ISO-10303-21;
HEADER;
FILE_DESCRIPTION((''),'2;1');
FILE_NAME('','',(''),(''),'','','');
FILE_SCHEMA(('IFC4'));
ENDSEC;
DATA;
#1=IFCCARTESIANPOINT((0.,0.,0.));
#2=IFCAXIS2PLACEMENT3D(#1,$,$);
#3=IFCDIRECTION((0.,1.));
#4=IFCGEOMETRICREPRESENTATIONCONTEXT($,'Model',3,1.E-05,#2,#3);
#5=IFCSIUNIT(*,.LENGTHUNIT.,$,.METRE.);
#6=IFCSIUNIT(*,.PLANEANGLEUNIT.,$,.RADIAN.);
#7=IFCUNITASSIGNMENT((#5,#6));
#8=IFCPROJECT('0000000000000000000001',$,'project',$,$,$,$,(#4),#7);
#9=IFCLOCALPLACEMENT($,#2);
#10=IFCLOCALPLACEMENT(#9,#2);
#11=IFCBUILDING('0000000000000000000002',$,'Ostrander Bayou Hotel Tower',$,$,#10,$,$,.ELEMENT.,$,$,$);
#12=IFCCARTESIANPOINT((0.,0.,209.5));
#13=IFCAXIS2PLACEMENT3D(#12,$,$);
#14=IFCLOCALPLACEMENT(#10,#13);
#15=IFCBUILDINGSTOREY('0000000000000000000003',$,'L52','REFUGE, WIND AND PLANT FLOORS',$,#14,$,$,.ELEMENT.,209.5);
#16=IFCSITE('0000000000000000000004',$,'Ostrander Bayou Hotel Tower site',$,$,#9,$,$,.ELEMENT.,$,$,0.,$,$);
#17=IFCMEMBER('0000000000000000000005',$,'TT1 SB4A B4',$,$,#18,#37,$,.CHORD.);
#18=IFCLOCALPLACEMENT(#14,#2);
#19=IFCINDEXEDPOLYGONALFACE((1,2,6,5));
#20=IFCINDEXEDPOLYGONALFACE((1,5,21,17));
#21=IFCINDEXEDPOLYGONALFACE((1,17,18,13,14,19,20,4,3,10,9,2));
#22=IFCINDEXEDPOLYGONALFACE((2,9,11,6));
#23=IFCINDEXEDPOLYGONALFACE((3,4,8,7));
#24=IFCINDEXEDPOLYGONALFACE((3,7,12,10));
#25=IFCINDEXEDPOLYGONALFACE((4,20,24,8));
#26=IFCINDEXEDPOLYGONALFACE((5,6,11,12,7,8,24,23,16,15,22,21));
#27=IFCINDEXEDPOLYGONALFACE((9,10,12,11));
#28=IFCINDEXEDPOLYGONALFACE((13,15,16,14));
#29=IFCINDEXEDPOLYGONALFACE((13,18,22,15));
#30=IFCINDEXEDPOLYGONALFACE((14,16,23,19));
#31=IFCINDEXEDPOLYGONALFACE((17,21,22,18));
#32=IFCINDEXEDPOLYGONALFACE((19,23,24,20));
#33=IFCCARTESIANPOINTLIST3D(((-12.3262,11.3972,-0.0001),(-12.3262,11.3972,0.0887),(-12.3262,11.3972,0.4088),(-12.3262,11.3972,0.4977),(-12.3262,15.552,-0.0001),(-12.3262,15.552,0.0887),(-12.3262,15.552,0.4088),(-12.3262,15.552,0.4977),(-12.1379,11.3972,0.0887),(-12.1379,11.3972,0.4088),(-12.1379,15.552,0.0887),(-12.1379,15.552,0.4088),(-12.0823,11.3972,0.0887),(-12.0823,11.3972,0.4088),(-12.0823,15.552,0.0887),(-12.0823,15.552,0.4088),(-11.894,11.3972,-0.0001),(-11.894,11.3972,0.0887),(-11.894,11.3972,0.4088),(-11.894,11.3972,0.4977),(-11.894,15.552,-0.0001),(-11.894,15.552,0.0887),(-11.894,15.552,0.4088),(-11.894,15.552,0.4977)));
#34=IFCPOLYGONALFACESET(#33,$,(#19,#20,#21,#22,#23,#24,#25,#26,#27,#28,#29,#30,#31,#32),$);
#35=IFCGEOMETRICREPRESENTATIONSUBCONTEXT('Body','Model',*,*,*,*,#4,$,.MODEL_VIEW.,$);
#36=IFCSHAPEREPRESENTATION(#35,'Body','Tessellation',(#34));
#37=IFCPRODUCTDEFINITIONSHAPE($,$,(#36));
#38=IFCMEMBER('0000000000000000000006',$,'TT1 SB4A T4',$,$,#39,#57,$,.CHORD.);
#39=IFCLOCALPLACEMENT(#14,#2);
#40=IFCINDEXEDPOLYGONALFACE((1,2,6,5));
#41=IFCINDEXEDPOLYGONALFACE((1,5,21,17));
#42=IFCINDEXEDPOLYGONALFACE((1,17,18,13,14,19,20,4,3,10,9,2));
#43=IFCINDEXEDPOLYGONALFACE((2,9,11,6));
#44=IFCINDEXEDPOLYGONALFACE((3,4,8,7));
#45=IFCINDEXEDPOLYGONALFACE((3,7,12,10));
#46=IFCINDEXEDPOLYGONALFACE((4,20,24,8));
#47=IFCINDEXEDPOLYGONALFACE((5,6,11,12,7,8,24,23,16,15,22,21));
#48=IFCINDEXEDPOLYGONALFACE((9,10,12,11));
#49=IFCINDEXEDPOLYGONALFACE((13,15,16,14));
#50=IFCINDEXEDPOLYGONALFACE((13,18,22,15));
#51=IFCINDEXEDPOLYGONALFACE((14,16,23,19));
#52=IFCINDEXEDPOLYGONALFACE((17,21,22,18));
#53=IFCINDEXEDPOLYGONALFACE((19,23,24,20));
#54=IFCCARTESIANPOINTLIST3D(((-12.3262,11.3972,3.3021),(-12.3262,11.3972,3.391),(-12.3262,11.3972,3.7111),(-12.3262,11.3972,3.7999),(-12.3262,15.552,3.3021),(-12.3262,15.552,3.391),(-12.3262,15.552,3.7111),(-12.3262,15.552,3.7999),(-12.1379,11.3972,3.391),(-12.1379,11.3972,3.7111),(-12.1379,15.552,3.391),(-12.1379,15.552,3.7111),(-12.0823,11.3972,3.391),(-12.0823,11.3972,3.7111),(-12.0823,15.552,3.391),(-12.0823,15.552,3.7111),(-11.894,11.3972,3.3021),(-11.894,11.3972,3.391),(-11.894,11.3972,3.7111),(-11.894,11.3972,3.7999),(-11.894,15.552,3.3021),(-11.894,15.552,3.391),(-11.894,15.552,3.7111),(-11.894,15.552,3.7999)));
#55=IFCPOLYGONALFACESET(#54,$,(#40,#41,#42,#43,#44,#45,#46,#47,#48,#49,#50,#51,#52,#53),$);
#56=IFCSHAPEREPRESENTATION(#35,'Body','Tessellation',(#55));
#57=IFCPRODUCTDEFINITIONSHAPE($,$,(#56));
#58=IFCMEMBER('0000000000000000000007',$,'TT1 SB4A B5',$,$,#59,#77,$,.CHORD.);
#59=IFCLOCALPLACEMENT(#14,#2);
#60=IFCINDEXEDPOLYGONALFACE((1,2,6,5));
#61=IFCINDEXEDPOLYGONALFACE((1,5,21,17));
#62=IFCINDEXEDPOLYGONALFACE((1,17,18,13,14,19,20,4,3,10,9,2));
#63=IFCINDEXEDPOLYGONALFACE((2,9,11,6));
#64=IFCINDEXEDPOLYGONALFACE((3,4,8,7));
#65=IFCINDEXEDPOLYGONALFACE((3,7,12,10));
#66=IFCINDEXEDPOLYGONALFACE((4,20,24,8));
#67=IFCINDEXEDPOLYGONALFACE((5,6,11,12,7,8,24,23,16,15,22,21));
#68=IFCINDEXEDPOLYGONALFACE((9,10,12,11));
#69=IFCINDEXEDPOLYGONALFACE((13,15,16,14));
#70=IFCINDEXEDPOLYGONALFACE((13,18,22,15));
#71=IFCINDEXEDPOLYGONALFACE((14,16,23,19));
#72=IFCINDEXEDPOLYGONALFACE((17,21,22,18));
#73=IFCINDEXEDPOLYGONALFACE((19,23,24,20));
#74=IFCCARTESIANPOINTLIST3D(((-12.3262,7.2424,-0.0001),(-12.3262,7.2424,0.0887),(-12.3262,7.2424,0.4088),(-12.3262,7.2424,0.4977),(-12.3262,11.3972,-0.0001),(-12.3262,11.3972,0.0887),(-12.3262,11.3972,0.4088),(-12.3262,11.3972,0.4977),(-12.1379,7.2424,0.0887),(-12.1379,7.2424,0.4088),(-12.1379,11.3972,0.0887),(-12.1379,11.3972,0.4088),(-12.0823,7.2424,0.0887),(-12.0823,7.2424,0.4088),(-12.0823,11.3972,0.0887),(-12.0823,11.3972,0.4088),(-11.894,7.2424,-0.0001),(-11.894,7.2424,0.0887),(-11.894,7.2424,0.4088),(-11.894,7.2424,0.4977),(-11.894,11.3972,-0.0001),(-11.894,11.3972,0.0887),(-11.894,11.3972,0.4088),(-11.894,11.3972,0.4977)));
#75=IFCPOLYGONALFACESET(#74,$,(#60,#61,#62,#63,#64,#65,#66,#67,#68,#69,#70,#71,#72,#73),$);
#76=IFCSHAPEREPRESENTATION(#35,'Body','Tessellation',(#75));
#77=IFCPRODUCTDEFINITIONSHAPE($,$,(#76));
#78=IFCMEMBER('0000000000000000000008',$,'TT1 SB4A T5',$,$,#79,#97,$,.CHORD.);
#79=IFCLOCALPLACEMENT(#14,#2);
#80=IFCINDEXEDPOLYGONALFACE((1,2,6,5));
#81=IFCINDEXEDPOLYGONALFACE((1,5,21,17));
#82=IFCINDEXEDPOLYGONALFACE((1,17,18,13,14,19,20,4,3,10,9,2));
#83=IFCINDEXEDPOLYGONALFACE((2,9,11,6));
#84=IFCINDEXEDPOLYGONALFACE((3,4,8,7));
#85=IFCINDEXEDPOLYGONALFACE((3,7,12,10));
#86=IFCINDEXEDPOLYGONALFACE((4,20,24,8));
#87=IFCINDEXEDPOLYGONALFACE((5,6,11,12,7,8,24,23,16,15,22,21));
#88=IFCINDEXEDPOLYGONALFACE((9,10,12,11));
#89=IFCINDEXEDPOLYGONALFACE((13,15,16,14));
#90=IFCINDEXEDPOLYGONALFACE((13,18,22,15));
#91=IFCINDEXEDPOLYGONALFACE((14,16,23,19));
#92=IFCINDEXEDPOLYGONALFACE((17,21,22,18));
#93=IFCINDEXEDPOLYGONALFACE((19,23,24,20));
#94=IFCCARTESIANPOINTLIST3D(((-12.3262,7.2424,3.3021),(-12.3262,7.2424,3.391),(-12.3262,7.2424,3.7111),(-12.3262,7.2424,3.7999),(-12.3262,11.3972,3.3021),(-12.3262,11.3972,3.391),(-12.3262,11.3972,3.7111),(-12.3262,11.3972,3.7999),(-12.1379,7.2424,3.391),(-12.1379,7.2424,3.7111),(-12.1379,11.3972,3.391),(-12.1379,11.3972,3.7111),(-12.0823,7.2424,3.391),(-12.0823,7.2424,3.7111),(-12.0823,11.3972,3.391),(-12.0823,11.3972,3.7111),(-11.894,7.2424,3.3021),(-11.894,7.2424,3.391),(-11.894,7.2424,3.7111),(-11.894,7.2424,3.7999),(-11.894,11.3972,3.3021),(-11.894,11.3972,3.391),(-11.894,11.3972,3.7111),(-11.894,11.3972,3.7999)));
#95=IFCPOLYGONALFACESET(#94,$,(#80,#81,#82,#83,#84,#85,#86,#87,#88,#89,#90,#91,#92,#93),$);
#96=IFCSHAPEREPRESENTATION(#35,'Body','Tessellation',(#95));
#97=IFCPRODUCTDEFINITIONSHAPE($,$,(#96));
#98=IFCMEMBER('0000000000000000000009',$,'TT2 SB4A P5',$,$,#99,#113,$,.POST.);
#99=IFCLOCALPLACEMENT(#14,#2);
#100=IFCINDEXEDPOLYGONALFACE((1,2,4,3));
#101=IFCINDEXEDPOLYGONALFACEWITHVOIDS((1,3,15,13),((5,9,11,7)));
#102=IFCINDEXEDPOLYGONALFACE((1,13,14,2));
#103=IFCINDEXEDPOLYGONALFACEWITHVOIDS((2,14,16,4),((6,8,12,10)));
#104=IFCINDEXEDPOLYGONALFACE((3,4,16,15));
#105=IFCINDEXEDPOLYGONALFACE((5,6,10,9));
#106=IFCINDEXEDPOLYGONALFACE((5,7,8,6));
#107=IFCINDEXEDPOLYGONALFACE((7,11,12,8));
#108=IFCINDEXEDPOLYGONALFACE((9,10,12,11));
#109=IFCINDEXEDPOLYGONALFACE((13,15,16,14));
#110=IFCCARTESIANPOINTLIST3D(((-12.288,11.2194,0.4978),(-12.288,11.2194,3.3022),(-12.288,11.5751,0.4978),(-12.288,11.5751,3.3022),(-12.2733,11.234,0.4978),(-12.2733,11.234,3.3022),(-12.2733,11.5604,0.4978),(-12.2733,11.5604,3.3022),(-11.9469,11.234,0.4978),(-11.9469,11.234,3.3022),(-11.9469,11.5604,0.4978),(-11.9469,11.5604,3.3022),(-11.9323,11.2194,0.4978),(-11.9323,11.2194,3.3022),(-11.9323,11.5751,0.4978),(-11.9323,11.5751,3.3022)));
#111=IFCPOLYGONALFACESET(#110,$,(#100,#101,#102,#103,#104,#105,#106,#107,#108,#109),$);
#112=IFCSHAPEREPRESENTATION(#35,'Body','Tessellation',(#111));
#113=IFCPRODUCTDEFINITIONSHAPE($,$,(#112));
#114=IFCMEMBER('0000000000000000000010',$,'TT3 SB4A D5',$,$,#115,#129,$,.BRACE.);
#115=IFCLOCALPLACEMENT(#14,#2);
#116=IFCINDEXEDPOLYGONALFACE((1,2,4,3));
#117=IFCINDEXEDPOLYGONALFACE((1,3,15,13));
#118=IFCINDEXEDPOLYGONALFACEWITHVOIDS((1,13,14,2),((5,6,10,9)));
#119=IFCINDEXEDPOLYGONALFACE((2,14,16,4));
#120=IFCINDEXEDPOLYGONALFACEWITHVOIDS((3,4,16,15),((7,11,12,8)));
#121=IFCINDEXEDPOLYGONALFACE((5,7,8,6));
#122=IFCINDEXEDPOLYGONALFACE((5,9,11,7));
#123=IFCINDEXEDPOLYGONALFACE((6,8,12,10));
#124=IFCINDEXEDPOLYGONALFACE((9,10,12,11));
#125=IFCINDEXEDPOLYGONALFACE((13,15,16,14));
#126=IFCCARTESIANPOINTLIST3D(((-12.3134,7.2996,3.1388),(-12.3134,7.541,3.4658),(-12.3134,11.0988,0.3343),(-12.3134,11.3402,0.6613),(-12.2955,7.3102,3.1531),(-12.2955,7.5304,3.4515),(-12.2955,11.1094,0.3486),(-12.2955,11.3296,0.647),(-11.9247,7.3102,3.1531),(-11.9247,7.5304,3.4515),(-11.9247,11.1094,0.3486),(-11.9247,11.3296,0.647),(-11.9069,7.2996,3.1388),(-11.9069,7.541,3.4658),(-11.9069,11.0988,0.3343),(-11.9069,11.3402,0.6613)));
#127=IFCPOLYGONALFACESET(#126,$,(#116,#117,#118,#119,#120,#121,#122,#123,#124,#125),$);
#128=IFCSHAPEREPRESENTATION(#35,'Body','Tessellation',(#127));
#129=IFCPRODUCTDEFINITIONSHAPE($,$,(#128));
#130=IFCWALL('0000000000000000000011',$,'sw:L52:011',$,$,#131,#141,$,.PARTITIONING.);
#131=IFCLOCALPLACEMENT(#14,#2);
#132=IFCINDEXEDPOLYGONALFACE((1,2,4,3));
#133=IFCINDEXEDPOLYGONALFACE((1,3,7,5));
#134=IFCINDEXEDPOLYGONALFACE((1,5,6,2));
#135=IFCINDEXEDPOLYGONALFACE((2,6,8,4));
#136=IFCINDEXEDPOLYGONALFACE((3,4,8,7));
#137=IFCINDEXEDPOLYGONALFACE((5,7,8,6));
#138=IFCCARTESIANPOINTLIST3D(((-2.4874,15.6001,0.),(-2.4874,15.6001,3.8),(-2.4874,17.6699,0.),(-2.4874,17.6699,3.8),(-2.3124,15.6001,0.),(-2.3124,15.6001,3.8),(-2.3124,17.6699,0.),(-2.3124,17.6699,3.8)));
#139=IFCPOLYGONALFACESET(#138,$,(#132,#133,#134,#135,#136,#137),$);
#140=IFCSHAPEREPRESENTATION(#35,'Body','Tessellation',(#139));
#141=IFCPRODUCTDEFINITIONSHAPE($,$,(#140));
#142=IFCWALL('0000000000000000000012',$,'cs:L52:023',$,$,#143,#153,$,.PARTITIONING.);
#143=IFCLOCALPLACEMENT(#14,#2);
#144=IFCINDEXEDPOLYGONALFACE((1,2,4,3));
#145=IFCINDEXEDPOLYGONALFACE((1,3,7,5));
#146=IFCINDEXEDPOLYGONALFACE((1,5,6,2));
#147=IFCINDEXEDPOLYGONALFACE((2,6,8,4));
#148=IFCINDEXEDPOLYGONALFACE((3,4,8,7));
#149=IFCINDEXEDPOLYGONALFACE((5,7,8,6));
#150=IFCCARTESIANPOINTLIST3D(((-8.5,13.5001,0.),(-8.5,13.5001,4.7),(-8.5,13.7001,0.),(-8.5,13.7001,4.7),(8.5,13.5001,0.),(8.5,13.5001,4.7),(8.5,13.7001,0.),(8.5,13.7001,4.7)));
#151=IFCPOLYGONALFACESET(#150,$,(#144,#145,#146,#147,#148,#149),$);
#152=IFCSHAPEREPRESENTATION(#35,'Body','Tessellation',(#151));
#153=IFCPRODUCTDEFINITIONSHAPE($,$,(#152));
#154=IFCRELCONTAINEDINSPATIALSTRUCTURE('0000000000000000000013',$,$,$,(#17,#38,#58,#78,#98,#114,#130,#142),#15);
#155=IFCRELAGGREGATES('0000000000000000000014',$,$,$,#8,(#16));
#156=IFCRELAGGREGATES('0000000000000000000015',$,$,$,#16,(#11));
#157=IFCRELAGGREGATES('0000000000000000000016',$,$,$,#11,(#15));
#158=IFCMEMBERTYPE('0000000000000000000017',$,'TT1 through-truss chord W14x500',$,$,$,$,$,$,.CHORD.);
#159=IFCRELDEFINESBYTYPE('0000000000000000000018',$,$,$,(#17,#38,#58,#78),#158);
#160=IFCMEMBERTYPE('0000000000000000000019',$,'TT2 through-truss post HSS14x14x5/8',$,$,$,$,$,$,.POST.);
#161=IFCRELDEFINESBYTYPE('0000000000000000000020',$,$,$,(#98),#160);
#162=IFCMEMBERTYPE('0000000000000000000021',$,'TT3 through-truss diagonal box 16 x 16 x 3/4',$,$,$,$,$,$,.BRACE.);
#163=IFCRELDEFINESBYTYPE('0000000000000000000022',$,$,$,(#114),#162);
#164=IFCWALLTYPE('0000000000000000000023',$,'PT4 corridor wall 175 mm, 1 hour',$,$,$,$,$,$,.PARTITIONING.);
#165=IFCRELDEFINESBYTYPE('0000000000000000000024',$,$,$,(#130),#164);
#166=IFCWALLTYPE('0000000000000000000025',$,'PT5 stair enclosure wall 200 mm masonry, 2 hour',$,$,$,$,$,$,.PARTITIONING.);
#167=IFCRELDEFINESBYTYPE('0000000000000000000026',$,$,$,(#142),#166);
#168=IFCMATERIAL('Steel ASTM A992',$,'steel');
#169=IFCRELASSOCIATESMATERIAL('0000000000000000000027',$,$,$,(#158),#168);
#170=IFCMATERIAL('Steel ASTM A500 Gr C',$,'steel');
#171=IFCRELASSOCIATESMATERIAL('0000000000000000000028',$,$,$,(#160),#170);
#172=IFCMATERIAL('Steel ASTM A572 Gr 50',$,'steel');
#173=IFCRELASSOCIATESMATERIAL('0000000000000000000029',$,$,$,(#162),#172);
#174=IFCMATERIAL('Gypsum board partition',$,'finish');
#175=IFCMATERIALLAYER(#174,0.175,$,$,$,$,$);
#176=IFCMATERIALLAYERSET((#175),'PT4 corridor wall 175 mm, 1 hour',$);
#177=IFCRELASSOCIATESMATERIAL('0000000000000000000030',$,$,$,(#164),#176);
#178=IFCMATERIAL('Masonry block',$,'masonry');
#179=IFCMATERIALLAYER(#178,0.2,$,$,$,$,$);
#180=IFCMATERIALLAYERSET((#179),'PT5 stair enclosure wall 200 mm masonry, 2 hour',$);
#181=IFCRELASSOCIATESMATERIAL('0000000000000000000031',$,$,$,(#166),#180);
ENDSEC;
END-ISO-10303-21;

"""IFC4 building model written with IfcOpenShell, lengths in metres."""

from ifc_helpers import new_model, si_unit, direction, frame, frame_2d, origin, origin_2d, place, context, subcontext, project, spatial, rectangle, hollow_rectangle, i_section, extrude, material, layer, layer_set, material_profile, profile_set, type_object, element, save


model = new_model("IFC4")

# Units and contexts
model_context = context("Model", 3, precision=1e-05, world=origin(), true_north=direction((0.0, 1.0)))
body_context = subcontext(model_context, "Body", "Model", "MODEL_VIEW")
ifc_project = project(units=[si_unit("LENGTHUNIT", "METRE"), si_unit("PLANEANGLEUNIT", "RADIAN")], contexts=[model_context])

# Site, building, storey
site_placement = place(None, origin())
site = spatial("IfcSite", under=ifc_project, at=site_placement, Name="Ostrander Bayou Hotel Tower site", CompositionType="ELEMENT", RefElevation=0.0)
building_placement = place(site_placement, origin())
building = spatial("IfcBuilding", under=site, at=building_placement, Name="Ostrander Bayou Hotel Tower", CompositionType="ELEMENT")
storey_placement = place(building_placement, frame((0.0, 0.0, 209.5)))
storey = spatial("IfcBuildingStorey", under=building, at=storey_placement, Name="L52", Description="REFUGE, WIND AND PLANT FLOORS", CompositionType="ELEMENT", Elevation=209.5)

# Members
ifc_material_1 = material(Name="Steel ASTM A992", Category="steel")
ifc_material_profile_1 = material_profile(ifc_material_1, i_section(OverallWidth=0.4321, OverallDepth=0.4978, WebThickness=0.0557, FlangeThickness=0.0889, at=origin_2d()))
ifc_profile_set_1 = profile_set([ifc_material_profile_1], Name="Steel ASTM A992")
member_type_1 = type_object("IfcMemberType", Name="TT1 through-truss chord W14x500", PredefinedType="CHORD", material=ifc_profile_set_1)
for number, where, z_axis, x_axis, name in (
    (1, (-12.1101, 15.552, 0.2488), (0.0, -1.0, 0.0), (1.0, 0.0, 0.0), "TT1 SB4A B4"),
    (2, (-12.1101, 15.552, 3.551), (0.0, -1.0, 0.0), (1.0, 0.0, 0.0), "TT1 SB4A T4"),
    (3, (-12.1101, 11.3972, 0.2488), (0.0, -1.0, 0.0), (1.0, 0.0, 0.0), "TT1 SB4A B5"),
    (4, (-12.1101, 11.3972, 3.551), (0.0, -1.0, 0.0), (1.0, 0.0, 0.0), "TT1 SB4A T5"),
):
    element("IfcMember", number, at=place(storey_placement, frame(where, z_axis=z_axis, x_axis=x_axis)), inside=storey, type_object=member_type_1, Name=name, PredefinedType="CHORD", context=body_context, shape_type="SweptSolid", body=[
        extrude(i_section(OverallWidth=0.4321, OverallDepth=0.4978, WebThickness=0.0557, FlangeThickness=0.0889, at=origin_2d()), origin(), (0.0, 0.0, 1.0), 4.1548),
    ])
ifc_material_2 = material(Name="Steel ASTM A500 Gr C", Category="steel")
ifc_material_profile_2 = material_profile(ifc_material_2, hollow_rectangle(XDim=0.3557, YDim=0.3557, WallThickness=0.0146, at=origin_2d()))
ifc_profile_set_2 = profile_set([ifc_material_profile_2], Name="Steel ASTM A500 Gr C")
member_type_2 = type_object("IfcMemberType", Name="TT2 through-truss post HSS14x14x5/8", PredefinedType="POST", material=ifc_profile_set_2)
member_1_placement = place(storey_placement, frame((-12.1101, 11.3972, 0.4978), z_axis=(0.0, 0.0, 1.0), x_axis=(1.0, 0.0, 0.0)))
element("IfcMember", 5, at=member_1_placement, inside=storey, type_object=member_type_2, Name="TT2 SB4A P5", PredefinedType="POST", context=body_context, shape_type="SweptSolid", body=[
    extrude(hollow_rectangle(XDim=0.3557, YDim=0.3557, WallThickness=0.0146, at=origin_2d()), origin(), (0.0, 0.0, 1.0), 2.8044),
])
ifc_material_3 = material(Name="Steel ASTM A572 Gr 50", Category="steel")
ifc_material_profile_3 = material_profile(ifc_material_3, hollow_rectangle(XDim=0.4065, YDim=0.4065, WallThickness=0.0178, at=origin_2d()))
ifc_profile_set_3 = profile_set([ifc_material_profile_3], Name="Steel ASTM A572 Gr 50")
member_type_3 = type_object("IfcMemberType", Name="TT3 through-truss diagonal box 16 x 16 x 3/4", PredefinedType="BRACE", material=ifc_profile_set_3)
member_2_placement = place(storey_placement, frame((-12.1101, 11.2195, 0.4978), z_axis=(0.0, -0.804537, 0.593902), x_axis=(1.0, 0.0, 0.0)))
element("IfcMember", 6, at=member_2_placement, inside=storey, type_object=member_type_3, Name="TT3 SB4A D5", PredefinedType="BRACE", context=body_context, shape_type="SweptSolid", body=[
    extrude(hollow_rectangle(XDim=0.4065, YDim=0.4065, WallThickness=0.0178, at=origin_2d()), origin(), (0.0, 0.0, 1.0), 4.7222),
])

# Shared definitions
ifc_material_4 = material(Name="Gypsum board partition", Category="finish")
ifc_layer_1 = layer(ifc_material_4, 0.175)
ifc_layer_set_1 = layer_set([ifc_layer_1], Name="PT4 corridor wall 175 mm, 1 hour")
wall_type_1 = type_object("IfcWallType", Name="PT4 corridor wall 175 mm, 1 hour", PredefinedType="PARTITIONING", material=ifc_layer_set_1)

# Walls
wall_1_placement = place(storey_placement, frame((-2.3999, 15.6001, 0.0), z_axis=(0.0, 0.0, 1.0), x_axis=(0.0, 1.0, 0.0)))
element("IfcWall", 7, at=wall_1_placement, inside=storey, type_object=wall_type_1, Name="sw:L52:011", PredefinedType="PARTITIONING", context=body_context, shape_type="SweptSolid", body=[
    extrude(rectangle(XDim=2.0698, YDim=0.175, at=frame_2d((1.0349, 0.0))), origin(), (0.0, 0.0, 1.0), 3.8),
])
ifc_material_5 = material(Name="Masonry block", Category="masonry")
ifc_layer_2 = layer(ifc_material_5, 0.2)
ifc_layer_set_2 = layer_set([ifc_layer_2], Name="PT5 stair enclosure wall 200 mm masonry, 2 hour")
wall_type_2 = type_object("IfcWallType", Name="PT5 stair enclosure wall 200 mm masonry, 2 hour", PredefinedType="PARTITIONING", material=ifc_layer_set_2)
wall_2_placement = place(storey_placement, frame((-8.5, 13.6001, 0.0), z_axis=(0.0, 0.0, 1.0), x_axis=(1.0, 0.0, 0.0)))
element("IfcWall", 8, at=wall_2_placement, inside=storey, type_object=wall_type_2, Name="cs:L52:023", PredefinedType="PARTITIONING", context=body_context, shape_type="SweptSolid", body=[
    extrude(rectangle(XDim=17.0, YDim=0.2, at=frame_2d((8.5, 0.0))), origin(), (0.0, 0.0, 1.0), 4.7),
])

save(model, "model.ifc")
